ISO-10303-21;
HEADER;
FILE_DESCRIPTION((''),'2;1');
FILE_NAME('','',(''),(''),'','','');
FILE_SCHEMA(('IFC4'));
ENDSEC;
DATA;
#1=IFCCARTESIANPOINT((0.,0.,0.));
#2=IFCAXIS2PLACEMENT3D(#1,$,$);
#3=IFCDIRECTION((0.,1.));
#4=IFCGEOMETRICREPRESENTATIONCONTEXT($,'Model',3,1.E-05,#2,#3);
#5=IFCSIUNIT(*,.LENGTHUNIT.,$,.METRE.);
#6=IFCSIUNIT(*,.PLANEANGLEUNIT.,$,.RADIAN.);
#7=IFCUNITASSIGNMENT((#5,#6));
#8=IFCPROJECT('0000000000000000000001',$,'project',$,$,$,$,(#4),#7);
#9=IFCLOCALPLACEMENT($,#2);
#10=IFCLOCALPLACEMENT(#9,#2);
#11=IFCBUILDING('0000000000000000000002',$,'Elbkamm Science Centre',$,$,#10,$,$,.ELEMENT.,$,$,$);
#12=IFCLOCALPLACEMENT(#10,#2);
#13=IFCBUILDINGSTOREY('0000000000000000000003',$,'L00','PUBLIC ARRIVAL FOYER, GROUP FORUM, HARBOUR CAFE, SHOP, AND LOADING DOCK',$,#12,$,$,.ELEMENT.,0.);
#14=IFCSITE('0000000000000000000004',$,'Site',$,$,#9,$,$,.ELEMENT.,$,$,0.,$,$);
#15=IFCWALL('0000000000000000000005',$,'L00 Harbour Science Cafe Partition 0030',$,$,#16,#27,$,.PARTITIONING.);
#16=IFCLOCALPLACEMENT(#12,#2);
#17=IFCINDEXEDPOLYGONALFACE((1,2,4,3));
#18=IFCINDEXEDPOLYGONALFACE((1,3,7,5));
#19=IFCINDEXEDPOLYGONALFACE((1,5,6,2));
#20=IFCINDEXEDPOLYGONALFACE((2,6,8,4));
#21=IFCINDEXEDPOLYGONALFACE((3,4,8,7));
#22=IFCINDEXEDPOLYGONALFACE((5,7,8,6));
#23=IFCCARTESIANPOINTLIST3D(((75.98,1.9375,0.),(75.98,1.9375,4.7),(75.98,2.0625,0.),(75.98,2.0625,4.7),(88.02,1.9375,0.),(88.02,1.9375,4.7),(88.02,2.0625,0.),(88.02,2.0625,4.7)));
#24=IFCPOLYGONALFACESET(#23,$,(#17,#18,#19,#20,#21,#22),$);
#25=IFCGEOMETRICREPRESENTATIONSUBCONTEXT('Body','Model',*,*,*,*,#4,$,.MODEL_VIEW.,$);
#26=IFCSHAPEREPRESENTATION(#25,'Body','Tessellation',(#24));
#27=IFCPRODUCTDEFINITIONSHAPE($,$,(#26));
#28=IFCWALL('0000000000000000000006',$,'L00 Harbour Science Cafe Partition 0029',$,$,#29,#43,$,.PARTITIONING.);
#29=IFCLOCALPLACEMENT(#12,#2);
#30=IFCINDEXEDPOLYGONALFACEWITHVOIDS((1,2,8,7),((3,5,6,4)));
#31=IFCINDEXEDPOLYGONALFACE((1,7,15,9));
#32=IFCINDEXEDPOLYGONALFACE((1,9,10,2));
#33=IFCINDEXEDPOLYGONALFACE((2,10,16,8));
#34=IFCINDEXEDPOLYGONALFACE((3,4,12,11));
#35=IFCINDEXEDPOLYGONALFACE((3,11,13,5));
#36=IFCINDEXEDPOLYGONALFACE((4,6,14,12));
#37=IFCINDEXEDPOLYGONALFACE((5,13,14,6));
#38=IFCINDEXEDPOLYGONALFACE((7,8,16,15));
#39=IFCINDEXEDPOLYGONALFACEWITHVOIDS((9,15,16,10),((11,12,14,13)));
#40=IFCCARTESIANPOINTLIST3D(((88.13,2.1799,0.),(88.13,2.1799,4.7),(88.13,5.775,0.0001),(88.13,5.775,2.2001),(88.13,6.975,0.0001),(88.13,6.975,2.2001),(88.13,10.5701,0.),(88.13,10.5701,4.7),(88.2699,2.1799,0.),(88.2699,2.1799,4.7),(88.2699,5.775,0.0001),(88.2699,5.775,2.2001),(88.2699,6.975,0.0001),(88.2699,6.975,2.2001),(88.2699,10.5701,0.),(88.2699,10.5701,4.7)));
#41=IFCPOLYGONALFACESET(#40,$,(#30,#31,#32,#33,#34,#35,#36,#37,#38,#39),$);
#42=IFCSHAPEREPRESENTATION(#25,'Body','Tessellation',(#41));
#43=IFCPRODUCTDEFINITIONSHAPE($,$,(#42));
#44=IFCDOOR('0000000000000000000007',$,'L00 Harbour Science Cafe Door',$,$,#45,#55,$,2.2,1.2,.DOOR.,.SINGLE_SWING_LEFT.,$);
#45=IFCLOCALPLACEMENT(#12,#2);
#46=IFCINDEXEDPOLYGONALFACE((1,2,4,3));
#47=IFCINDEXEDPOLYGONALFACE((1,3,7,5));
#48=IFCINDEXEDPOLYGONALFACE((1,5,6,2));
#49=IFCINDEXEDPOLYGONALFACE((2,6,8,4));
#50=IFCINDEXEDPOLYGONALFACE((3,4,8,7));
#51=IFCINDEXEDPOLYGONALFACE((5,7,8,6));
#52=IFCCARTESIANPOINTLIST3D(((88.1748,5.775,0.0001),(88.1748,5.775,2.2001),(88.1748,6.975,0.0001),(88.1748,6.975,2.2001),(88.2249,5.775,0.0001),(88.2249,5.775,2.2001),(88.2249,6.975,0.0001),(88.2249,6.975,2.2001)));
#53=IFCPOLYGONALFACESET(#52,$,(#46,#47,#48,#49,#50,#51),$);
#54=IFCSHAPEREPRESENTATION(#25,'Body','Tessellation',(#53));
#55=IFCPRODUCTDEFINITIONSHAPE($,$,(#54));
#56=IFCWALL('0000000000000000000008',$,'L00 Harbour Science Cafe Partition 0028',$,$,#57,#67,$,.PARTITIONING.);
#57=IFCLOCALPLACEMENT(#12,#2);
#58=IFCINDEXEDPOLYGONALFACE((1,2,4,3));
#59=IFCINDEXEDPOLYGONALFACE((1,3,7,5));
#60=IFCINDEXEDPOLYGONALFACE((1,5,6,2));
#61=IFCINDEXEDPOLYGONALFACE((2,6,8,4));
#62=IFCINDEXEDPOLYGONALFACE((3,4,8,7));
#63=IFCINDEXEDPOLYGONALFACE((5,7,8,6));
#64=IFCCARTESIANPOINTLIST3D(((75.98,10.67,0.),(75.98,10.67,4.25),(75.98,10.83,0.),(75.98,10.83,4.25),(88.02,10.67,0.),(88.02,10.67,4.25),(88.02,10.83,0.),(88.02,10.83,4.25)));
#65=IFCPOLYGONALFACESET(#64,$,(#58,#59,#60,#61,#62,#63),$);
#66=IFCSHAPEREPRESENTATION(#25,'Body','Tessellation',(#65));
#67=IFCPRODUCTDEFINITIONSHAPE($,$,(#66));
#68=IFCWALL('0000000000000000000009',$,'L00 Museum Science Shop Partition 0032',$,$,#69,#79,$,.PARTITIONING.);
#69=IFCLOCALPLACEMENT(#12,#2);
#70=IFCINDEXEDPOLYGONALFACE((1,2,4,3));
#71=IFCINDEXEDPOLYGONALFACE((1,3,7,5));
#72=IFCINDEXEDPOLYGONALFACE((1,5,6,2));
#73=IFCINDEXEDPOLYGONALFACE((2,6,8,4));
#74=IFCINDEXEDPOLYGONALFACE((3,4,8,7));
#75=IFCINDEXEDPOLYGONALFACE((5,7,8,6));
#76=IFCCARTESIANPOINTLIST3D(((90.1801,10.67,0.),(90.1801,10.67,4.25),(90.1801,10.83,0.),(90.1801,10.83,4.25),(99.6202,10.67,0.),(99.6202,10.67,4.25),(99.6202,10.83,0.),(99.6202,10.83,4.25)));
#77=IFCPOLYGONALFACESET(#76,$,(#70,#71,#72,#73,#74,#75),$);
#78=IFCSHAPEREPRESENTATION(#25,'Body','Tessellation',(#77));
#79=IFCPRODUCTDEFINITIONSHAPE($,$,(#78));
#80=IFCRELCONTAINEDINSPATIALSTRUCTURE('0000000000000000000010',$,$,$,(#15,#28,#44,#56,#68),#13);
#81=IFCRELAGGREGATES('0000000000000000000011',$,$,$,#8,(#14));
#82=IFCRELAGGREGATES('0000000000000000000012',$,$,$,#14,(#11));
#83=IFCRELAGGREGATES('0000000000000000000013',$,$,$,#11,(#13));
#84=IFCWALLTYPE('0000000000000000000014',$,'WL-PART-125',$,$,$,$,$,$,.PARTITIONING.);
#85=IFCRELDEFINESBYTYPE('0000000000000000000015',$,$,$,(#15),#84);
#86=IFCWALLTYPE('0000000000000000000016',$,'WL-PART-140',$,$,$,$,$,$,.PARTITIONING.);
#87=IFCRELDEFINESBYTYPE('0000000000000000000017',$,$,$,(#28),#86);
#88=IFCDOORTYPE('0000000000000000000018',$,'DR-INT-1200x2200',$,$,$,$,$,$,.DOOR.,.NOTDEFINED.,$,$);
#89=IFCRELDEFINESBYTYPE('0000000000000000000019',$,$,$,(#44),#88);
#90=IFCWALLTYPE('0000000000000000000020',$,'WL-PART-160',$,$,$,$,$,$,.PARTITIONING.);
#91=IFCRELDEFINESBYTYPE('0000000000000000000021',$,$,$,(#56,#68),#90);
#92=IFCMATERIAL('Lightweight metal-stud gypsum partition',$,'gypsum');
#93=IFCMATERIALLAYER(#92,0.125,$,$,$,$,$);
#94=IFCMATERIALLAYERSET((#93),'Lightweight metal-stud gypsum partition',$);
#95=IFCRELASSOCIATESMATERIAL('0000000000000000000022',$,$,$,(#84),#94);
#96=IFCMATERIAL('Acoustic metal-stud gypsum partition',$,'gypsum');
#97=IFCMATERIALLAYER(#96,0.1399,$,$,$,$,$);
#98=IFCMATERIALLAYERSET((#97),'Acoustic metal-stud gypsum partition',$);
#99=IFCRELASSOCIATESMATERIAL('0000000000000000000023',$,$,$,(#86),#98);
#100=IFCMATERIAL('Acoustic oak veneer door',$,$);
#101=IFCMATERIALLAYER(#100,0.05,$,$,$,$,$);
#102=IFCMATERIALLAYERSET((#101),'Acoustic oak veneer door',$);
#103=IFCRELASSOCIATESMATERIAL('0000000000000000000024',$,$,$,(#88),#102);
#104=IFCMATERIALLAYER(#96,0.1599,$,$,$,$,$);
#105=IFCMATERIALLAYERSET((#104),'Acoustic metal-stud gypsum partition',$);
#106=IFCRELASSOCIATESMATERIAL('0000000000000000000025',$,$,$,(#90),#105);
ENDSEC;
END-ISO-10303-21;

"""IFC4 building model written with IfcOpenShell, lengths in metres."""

from ifc_helpers import new_model, si_unit, direction, frame, frame_2d, origin, place, context, subcontext, project, spatial, rectangle, extrude, material, layer, layer_set, type_object, element, fill, save


model = new_model("IFC4")

# Units and contexts
model_context = context("Model", 3, precision=1e-05, world=origin(), true_north=direction((0.0, 1.0)))
body_context = subcontext(model_context, "Body", "Model", "MODEL_VIEW")
ifc_project = project(units=[si_unit("LENGTHUNIT", "METRE"), si_unit("PLANEANGLEUNIT", "RADIAN")], contexts=[model_context])

# Site, building, storey
site_placement = place(None, origin())
site = spatial("IfcSite", under=ifc_project, at=site_placement, Name="Site", CompositionType="ELEMENT", RefElevation=0.0)
building_placement = place(site_placement, origin())
building = spatial("IfcBuilding", under=site, at=building_placement, Name="Elbkamm Science Centre", CompositionType="ELEMENT")
storey_placement = place(building_placement, origin())
storey = spatial("IfcBuildingStorey", under=building, at=storey_placement, Name="L00", Description="PUBLIC ARRIVAL FOYER, GROUP FORUM, HARBOUR CAFE, SHOP, AND LOADING DOCK", CompositionType="ELEMENT", Elevation=0.0)

# Shared definitions
ifc_material_1 = material(Name="Acoustic oak veneer door")

# Wall
ifc_material_2 = material(Name="Lightweight metal-stud gypsum partition", Category="gypsum")
ifc_layer_1 = layer(ifc_material_2, 0.125)
ifc_layer_set_1 = layer_set([ifc_layer_1], Name="Lightweight metal-stud gypsum partition")
wall_type_1 = type_object("IfcWallType", Name="WL-PART-125", PredefinedType="PARTITIONING", material=ifc_layer_set_1)
wall_1_placement = place(storey_placement, frame((88.02, 2.0, 0.0), z_axis=(0.0, 0.0, 1.0), x_axis=(-1.0, 0.0, 0.0)))
element("IfcWall", 1, at=wall_1_placement, inside=storey, type_object=wall_type_1, Name="L00 Harbour Science Cafe Partition 0030", PredefinedType="PARTITIONING", context=body_context, shape_type="SweptSolid", body=[
    extrude(rectangle(XDim=12.04, YDim=0.125, at=frame_2d((6.02, 0.0))), origin(), (0.0, 0.0, 1.0), 4.7),
])

# Wall, opening, door
ifc_material_3 = material(Name="Acoustic metal-stud gypsum partition", Category="gypsum")
ifc_layer_2 = layer(ifc_material_3, 0.1399)
ifc_layer_set_2 = layer_set([ifc_layer_2], Name="Acoustic metal-stud gypsum partition")
wall_type_2 = type_object("IfcWallType", Name="WL-PART-140", PredefinedType="PARTITIONING", material=ifc_layer_set_2)
wall_2_placement = place(storey_placement, frame((88.2, 10.5701, 0.0), z_axis=(0.0, 0.0, 1.0), x_axis=(0.0, -1.0, 0.0)))
wall_2 = element("IfcWall", 2, at=wall_2_placement, inside=storey, type_object=wall_type_2, Name="L00 Harbour Science Cafe Partition 0029", PredefinedType="PARTITIONING", context=body_context, shape_type="SweptSolid", body=[
    extrude(rectangle(XDim=8.3901, YDim=0.1399, at=frame_2d((4.1951, 0.0))), origin(), (0.0, 0.0, 1.0), 4.7),
])
opening_1_placement = place(wall_2_placement, frame((3.595, 0.0, 0.0)))
opening_1 = element("IfcOpeningElement", 3, at=opening_1_placement, cuts=wall_2, PredefinedType="OPENING", context=body_context, shape_type="SweptSolid", body=[
    extrude(rectangle(XDim=1.2, YDim=2.2, at=frame_2d((0.6001, 1.1001))), frame((0.0, 0.082, 0.0), z_axis=(0.0, -1.0, 0.0), x_axis=(1.0, 0.0, 0.0)), (0.0, 0.0, 1.0), 0.1638),
])
ifc_layer_3 = layer(ifc_material_1, 0.05)
ifc_layer_set_3 = layer_set([ifc_layer_3], Name="Acoustic oak veneer door")
door_type_1 = type_object("IfcDoorType", Name="DR-INT-1200x2200", OperationType="NOTDEFINED", PredefinedType="DOOR", material=ifc_layer_set_3)
door_1_placement = place(opening_1_placement, origin())
door_1 = element("IfcDoor", 4, at=door_1_placement, inside=storey, type_object=door_type_1, Name="L00 Harbour Science Cafe Door", OperationType="SINGLE_SWING_LEFT", OverallHeight=2.2, OverallWidth=1.2, PredefinedType="DOOR", context=body_context, shape_type="SweptSolid", body=[
    extrude(rectangle(XDim=1.2, YDim=2.2, at=frame_2d((0.6001, 1.1001))), frame((0.0, 0.0249, 0.0), z_axis=(0.0, -1.0, 0.0), x_axis=(1.0, 0.0, 0.0)), (0.0, 0.0, 1.0), 0.05),
])
fill(opening_1, door_1)

# Walls
ifc_layer_4 = layer(ifc_material_3, 0.1599)
ifc_layer_set_4 = layer_set([ifc_layer_4], Name="Acoustic metal-stud gypsum partition")
wall_type_3 = type_object("IfcWallType", Name="WL-PART-160", PredefinedType="PARTITIONING", material=ifc_layer_set_4)
wall_3_placement = place(storey_placement, frame((75.98, 10.75, 0.0), z_axis=(0.0, 0.0, 1.0), x_axis=(1.0, 0.0, 0.0)))
element("IfcWall", 5, at=wall_3_placement, inside=storey, type_object=wall_type_3, Name="L00 Harbour Science Cafe Partition 0028", PredefinedType="PARTITIONING", context=body_context, shape_type="SweptSolid", body=[
    extrude(rectangle(XDim=12.04, YDim=0.1599, at=frame_2d((6.02, 0.0))), origin(), (0.0, 0.0, 1.0), 4.25),
])
wall_4_placement = place(storey_placement, frame((90.1799, 10.75, 0.0), z_axis=(0.0, 0.0, 1.0), x_axis=(1.0, 0.0, 0.0)))
element("IfcWall", 6, at=wall_4_placement, inside=storey, type_object=wall_type_3, Name="L00 Museum Science Shop Partition 0032", PredefinedType="PARTITIONING", context=body_context, shape_type="SweptSolid", body=[
    extrude(rectangle(XDim=9.4402, YDim=0.1599, at=frame_2d((4.7202, 0.0))), origin(), (0.0, 0.0, 1.0), 4.25),
])

save(model, "model.ifc")
